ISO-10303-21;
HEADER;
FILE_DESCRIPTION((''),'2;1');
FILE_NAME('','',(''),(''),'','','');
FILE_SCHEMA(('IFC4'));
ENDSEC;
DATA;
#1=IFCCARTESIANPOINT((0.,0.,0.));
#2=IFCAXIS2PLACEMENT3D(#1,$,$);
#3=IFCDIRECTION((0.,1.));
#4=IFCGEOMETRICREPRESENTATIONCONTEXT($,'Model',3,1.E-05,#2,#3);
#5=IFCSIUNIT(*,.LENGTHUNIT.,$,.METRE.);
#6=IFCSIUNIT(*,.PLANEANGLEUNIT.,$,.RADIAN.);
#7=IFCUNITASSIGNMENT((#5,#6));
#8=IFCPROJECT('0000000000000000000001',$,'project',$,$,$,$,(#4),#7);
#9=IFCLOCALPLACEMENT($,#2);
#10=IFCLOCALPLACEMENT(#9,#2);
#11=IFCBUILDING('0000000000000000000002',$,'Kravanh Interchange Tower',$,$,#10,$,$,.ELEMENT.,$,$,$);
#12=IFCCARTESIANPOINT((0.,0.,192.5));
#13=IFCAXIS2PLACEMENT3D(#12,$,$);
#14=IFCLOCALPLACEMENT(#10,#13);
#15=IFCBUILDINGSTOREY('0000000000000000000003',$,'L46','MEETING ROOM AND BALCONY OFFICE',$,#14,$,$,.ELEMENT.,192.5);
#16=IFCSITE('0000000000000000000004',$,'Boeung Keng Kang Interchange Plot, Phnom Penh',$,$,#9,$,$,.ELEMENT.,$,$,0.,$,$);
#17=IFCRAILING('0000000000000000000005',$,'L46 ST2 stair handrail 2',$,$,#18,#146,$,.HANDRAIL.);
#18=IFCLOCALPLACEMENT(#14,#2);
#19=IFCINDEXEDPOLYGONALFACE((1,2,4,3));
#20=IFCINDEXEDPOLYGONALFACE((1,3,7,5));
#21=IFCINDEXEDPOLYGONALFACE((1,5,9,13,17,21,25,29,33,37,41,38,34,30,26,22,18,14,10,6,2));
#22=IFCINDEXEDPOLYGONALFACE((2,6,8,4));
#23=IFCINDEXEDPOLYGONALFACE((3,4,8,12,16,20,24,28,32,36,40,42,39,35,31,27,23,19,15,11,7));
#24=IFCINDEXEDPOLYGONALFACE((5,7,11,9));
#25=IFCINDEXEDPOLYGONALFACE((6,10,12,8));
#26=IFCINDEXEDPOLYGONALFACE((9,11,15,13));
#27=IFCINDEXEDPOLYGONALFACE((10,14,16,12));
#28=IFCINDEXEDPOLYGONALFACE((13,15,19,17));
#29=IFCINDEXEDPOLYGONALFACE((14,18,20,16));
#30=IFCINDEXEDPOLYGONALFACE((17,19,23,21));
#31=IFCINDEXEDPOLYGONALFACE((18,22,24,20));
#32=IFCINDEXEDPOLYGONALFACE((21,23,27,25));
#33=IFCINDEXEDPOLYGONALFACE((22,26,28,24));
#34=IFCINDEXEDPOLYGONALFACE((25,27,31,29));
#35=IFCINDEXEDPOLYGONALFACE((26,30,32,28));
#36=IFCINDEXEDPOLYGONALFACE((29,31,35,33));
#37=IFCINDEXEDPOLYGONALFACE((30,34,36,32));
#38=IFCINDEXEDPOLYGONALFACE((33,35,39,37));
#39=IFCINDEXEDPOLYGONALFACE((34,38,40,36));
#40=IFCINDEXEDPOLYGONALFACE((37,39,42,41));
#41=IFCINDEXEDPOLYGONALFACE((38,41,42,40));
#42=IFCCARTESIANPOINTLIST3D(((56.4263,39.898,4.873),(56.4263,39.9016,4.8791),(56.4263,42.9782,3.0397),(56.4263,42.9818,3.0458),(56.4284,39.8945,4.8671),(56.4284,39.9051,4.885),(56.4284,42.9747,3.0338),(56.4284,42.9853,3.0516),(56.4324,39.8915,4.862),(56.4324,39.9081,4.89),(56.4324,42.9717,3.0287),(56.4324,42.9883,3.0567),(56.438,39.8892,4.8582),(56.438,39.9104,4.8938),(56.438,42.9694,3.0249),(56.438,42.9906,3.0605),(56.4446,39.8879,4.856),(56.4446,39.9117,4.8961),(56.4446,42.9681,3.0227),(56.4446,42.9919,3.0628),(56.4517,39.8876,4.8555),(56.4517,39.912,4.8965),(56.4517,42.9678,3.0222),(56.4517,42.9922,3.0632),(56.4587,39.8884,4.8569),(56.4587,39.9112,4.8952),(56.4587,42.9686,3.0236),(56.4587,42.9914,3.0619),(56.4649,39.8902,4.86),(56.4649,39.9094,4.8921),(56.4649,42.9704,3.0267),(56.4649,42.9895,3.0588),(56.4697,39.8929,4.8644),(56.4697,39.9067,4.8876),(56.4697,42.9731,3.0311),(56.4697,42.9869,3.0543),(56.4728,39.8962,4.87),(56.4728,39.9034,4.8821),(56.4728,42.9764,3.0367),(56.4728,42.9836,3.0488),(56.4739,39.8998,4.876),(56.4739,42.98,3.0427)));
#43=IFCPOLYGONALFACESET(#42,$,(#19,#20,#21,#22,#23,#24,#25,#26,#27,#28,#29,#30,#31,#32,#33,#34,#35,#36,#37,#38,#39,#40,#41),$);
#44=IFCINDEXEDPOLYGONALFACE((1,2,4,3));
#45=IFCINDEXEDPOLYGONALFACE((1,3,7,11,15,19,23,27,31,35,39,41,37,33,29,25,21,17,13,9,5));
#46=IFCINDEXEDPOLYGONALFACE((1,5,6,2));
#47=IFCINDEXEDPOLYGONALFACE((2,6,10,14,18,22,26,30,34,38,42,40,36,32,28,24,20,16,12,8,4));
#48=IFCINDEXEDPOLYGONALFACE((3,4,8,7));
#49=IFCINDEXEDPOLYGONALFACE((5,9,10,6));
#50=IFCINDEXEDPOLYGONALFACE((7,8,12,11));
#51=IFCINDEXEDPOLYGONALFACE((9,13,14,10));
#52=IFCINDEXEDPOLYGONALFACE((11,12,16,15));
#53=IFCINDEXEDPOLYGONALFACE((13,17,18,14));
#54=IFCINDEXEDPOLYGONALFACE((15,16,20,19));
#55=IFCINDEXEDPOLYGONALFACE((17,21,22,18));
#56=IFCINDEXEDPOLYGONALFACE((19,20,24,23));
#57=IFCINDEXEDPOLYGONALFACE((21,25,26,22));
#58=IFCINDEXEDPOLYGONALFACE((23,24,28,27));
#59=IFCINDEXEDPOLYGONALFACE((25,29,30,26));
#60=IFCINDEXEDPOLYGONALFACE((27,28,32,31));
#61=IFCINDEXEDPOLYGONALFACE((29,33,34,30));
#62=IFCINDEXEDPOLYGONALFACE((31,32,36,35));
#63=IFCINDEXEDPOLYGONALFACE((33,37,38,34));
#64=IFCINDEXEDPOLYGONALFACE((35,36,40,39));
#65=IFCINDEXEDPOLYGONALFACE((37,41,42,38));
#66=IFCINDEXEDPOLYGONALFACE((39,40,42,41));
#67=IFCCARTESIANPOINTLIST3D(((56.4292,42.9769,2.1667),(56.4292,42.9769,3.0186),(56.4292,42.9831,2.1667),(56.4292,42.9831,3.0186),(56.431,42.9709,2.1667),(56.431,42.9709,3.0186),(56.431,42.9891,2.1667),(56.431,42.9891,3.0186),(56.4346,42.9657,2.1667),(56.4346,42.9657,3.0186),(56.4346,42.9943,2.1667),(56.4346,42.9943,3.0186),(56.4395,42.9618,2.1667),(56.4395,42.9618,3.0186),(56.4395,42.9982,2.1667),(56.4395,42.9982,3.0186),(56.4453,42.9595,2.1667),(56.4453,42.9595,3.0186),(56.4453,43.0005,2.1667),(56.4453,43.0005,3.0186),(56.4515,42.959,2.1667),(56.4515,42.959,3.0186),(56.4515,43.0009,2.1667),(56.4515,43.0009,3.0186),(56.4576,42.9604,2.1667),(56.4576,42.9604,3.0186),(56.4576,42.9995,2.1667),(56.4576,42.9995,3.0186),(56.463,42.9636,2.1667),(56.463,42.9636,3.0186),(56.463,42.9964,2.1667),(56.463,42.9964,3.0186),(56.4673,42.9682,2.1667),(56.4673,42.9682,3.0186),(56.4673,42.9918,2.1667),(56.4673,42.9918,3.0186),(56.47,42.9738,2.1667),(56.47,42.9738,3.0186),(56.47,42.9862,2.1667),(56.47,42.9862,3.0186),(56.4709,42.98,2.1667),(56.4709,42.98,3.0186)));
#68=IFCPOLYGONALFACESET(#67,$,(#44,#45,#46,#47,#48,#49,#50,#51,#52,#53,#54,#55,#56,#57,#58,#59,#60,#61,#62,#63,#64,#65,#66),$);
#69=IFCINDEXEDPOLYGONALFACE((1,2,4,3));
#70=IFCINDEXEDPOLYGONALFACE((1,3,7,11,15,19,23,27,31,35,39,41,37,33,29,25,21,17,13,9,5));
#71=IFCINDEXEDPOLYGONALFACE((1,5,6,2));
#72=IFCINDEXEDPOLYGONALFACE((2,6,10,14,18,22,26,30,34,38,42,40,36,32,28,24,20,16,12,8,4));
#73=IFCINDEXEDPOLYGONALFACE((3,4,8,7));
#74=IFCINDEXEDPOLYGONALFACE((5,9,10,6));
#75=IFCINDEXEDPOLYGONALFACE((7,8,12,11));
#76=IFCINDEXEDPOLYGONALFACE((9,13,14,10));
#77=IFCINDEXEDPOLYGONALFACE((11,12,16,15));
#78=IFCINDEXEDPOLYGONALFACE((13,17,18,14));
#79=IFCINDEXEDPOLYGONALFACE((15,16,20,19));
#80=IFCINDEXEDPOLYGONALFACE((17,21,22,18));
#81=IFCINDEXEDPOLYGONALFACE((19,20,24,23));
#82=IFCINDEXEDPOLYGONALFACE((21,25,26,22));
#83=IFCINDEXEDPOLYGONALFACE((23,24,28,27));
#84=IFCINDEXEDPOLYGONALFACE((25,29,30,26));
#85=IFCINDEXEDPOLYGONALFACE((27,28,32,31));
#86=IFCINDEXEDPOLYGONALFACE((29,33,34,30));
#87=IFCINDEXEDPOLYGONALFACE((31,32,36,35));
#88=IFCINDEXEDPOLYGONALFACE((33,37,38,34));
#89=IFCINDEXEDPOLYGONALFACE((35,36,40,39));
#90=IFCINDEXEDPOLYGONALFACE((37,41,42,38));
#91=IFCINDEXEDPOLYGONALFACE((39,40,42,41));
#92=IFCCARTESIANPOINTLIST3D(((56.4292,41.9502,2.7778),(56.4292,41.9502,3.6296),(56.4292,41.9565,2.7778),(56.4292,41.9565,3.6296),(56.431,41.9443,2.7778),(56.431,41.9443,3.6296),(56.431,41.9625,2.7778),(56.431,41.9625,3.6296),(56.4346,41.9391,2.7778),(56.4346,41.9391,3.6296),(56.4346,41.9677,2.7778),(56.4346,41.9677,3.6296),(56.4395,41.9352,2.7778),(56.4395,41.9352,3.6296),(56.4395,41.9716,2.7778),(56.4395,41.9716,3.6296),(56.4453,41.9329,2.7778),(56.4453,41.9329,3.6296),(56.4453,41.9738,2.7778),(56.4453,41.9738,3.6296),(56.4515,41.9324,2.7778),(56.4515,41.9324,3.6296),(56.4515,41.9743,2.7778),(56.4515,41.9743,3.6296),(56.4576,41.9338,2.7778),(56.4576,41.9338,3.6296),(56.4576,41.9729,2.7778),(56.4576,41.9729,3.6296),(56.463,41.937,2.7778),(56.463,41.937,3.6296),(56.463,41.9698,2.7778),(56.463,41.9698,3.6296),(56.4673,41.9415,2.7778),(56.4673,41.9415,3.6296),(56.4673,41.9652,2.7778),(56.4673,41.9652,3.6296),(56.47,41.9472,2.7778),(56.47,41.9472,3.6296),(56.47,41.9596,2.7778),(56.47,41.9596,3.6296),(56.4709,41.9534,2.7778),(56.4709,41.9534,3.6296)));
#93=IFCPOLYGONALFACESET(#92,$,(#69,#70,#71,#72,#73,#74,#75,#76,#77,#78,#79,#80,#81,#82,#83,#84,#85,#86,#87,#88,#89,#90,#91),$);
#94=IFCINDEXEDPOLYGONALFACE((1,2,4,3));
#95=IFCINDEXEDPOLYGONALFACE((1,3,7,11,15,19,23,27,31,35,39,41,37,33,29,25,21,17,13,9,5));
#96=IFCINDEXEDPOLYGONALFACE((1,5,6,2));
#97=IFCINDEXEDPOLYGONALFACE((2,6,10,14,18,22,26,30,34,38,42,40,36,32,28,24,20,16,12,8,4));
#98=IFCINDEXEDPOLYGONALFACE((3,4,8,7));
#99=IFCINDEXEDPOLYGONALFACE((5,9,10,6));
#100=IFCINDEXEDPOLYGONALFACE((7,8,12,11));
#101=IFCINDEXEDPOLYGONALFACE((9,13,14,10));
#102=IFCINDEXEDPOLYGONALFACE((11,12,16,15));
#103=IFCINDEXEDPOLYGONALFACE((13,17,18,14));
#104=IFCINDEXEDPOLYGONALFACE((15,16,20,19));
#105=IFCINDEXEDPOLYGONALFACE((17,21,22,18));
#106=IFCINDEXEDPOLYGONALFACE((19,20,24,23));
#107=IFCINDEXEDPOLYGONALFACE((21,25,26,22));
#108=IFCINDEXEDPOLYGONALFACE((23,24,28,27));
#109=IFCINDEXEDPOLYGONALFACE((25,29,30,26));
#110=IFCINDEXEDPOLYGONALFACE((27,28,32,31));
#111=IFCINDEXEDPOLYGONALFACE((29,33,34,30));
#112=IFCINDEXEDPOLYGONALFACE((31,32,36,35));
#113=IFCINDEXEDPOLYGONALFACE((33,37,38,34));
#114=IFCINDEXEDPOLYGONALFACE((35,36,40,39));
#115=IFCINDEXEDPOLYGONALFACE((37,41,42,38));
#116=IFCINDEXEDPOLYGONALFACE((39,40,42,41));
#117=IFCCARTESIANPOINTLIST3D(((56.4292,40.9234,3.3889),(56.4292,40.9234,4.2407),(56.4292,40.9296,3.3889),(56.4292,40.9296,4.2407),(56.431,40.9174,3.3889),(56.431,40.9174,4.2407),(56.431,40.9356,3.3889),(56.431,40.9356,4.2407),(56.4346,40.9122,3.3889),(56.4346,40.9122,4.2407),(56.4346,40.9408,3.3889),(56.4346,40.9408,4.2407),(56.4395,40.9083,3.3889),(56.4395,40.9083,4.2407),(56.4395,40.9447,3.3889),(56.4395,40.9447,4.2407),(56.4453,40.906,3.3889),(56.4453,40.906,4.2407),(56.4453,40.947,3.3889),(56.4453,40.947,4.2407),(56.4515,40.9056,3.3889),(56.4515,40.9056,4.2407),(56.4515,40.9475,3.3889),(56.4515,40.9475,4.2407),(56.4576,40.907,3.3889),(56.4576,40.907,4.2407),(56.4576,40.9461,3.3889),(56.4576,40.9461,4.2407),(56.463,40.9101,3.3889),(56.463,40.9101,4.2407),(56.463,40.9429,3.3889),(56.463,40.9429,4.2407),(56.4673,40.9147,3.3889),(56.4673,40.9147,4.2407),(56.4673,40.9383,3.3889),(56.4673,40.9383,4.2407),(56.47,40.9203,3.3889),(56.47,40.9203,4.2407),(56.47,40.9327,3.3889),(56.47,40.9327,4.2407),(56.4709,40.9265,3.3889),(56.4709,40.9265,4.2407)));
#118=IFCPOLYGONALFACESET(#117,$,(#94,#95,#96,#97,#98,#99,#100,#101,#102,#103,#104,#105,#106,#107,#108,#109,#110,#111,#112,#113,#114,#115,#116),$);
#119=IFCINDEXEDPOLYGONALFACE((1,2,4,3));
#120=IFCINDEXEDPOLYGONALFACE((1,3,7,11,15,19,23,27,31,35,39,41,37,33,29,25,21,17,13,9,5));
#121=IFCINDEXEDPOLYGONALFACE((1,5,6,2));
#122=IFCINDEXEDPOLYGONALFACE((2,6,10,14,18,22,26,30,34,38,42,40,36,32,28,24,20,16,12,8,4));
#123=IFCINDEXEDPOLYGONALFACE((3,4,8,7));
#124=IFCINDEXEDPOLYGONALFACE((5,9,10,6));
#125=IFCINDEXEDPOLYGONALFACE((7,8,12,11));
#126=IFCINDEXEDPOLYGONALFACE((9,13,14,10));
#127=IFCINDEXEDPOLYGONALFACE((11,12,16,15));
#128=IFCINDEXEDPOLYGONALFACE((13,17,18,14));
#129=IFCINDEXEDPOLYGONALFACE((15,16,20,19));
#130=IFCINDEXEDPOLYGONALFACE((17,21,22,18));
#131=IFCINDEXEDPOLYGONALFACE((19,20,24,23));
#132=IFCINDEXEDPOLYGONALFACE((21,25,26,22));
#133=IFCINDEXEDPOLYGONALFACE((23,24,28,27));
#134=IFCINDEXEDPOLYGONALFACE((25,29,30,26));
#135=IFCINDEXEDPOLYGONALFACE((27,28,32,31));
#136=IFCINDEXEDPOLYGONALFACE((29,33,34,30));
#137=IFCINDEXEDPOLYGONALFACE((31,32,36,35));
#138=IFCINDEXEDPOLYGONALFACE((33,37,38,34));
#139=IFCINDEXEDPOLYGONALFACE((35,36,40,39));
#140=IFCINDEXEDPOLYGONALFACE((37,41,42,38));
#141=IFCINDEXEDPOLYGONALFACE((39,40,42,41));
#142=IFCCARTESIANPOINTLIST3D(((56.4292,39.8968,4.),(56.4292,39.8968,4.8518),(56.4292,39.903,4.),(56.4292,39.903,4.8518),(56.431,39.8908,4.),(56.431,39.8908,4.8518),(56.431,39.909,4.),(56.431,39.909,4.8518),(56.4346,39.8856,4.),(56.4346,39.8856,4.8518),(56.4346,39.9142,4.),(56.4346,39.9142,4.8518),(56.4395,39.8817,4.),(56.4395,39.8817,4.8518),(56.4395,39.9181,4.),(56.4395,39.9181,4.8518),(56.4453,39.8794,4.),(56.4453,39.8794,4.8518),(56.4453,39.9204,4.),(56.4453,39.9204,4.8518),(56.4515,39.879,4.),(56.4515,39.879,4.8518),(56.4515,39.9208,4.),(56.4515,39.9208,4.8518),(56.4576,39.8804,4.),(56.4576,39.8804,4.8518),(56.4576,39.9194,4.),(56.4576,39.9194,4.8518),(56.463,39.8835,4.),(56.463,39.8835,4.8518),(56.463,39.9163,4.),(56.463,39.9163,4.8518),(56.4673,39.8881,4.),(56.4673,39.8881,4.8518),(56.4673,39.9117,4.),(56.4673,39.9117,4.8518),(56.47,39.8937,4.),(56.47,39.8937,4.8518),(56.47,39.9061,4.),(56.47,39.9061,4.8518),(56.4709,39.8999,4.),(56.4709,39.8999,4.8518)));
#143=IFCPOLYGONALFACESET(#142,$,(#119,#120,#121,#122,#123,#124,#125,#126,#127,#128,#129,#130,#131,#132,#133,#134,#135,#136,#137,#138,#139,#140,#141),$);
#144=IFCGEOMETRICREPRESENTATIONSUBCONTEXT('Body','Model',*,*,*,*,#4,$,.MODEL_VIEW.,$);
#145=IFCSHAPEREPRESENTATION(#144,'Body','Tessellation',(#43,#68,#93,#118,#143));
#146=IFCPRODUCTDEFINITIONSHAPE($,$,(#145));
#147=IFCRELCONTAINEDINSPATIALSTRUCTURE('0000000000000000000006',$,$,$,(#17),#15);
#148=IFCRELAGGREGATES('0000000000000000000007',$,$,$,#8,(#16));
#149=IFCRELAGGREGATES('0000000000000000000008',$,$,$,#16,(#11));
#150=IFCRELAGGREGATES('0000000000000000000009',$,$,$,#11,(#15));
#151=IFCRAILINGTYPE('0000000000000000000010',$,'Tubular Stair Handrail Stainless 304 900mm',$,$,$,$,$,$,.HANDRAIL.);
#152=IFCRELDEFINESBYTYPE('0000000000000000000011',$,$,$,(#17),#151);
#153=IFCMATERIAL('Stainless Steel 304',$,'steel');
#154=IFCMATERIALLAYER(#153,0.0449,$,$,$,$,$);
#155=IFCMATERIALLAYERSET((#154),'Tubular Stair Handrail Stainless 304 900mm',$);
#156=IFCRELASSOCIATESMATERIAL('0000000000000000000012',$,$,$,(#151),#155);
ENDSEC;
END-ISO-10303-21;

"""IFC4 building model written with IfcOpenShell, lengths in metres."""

from ifc_helpers import new_model, si_unit, direction, frame, origin, origin_2d, place, context, subcontext, project, spatial, circle, extrude, material, layer, layer_set, type_object, element, save


model = new_model("IFC4")

# Units and contexts
model_context = context("Model", 3, precision=1e-05, world=origin(), true_north=direction((0.0, 1.0)))
body_context = subcontext(model_context, "Body", "Model", "MODEL_VIEW")
ifc_project = project(units=[si_unit("LENGTHUNIT", "METRE"), si_unit("PLANEANGLEUNIT", "RADIAN")], contexts=[model_context])

# Site, building, storey
site_placement = place(None, origin())
site = spatial("IfcSite", under=ifc_project, at=site_placement, Name="Boeung Keng Kang Interchange Plot, Phnom Penh", CompositionType="ELEMENT", RefElevation=0.0)
building_placement = place(site_placement, origin())
building = spatial("IfcBuilding", under=site, at=building_placement, Name="Kravanh Interchange Tower", CompositionType="ELEMENT")
storey_placement = place(building_placement, frame((0.0, 0.0, 192.5)))
storey = spatial("IfcBuildingStorey", under=building, at=storey_placement, Name="L46", Description="MEETING ROOM AND BALCONY OFFICE", CompositionType="ELEMENT", Elevation=192.5)

# Railing
ifc_material_1 = material(Name="Stainless Steel 304", Category="steel")
ifc_layer_1 = layer(ifc_material_1, 0.0449)
ifc_layer_set_1 = layer_set([ifc_layer_1], Name="Tubular Stair Handrail Stainless 304 900mm")
railing_type_1 = type_object("IfcRailingType", Name="Tubular Stair Handrail Stainless 304 900mm", PredefinedType="HANDRAIL", material=ifc_layer_set_1)
railing_1_placement = place(storey_placement, frame((56.45, 42.98, 2.1667)))
element("IfcRailing", 1, at=railing_1_placement, inside=storey, type_object=railing_type_1, Name="L46 ST2 stair handrail 2", PredefinedType="HANDRAIL", context=body_context, shape_type="SweptSolid", body=[
    extrude(circle(Radius=0.0239, at=origin_2d()), frame((0.0, 0.0, 0.876), z_axis=(0.0, -0.859309, 0.511458), x_axis=(1.0, 0.0, 0.0)), (0.0, 0.0, 1.0), 3.5845),
    extrude(circle(Radius=0.021, at=origin_2d()), origin(), (0.0, 0.0, 1.0), 0.8518),
    extrude(circle(Radius=0.021, at=origin_2d()), frame((0.0, -1.0266, 0.6111)), (0.0, 0.0, 1.0), 0.8518),
    extrude(circle(Radius=0.021, at=origin_2d()), frame((0.0, -2.0535, 1.2222)), (0.0, 0.0, 1.0), 0.8518),
    extrude(circle(Radius=0.021, at=origin_2d()), frame((0.0, -3.0801, 1.8333)), (0.0, 0.0, 1.0), 0.8518),
])

save(model, "model.ifc")
